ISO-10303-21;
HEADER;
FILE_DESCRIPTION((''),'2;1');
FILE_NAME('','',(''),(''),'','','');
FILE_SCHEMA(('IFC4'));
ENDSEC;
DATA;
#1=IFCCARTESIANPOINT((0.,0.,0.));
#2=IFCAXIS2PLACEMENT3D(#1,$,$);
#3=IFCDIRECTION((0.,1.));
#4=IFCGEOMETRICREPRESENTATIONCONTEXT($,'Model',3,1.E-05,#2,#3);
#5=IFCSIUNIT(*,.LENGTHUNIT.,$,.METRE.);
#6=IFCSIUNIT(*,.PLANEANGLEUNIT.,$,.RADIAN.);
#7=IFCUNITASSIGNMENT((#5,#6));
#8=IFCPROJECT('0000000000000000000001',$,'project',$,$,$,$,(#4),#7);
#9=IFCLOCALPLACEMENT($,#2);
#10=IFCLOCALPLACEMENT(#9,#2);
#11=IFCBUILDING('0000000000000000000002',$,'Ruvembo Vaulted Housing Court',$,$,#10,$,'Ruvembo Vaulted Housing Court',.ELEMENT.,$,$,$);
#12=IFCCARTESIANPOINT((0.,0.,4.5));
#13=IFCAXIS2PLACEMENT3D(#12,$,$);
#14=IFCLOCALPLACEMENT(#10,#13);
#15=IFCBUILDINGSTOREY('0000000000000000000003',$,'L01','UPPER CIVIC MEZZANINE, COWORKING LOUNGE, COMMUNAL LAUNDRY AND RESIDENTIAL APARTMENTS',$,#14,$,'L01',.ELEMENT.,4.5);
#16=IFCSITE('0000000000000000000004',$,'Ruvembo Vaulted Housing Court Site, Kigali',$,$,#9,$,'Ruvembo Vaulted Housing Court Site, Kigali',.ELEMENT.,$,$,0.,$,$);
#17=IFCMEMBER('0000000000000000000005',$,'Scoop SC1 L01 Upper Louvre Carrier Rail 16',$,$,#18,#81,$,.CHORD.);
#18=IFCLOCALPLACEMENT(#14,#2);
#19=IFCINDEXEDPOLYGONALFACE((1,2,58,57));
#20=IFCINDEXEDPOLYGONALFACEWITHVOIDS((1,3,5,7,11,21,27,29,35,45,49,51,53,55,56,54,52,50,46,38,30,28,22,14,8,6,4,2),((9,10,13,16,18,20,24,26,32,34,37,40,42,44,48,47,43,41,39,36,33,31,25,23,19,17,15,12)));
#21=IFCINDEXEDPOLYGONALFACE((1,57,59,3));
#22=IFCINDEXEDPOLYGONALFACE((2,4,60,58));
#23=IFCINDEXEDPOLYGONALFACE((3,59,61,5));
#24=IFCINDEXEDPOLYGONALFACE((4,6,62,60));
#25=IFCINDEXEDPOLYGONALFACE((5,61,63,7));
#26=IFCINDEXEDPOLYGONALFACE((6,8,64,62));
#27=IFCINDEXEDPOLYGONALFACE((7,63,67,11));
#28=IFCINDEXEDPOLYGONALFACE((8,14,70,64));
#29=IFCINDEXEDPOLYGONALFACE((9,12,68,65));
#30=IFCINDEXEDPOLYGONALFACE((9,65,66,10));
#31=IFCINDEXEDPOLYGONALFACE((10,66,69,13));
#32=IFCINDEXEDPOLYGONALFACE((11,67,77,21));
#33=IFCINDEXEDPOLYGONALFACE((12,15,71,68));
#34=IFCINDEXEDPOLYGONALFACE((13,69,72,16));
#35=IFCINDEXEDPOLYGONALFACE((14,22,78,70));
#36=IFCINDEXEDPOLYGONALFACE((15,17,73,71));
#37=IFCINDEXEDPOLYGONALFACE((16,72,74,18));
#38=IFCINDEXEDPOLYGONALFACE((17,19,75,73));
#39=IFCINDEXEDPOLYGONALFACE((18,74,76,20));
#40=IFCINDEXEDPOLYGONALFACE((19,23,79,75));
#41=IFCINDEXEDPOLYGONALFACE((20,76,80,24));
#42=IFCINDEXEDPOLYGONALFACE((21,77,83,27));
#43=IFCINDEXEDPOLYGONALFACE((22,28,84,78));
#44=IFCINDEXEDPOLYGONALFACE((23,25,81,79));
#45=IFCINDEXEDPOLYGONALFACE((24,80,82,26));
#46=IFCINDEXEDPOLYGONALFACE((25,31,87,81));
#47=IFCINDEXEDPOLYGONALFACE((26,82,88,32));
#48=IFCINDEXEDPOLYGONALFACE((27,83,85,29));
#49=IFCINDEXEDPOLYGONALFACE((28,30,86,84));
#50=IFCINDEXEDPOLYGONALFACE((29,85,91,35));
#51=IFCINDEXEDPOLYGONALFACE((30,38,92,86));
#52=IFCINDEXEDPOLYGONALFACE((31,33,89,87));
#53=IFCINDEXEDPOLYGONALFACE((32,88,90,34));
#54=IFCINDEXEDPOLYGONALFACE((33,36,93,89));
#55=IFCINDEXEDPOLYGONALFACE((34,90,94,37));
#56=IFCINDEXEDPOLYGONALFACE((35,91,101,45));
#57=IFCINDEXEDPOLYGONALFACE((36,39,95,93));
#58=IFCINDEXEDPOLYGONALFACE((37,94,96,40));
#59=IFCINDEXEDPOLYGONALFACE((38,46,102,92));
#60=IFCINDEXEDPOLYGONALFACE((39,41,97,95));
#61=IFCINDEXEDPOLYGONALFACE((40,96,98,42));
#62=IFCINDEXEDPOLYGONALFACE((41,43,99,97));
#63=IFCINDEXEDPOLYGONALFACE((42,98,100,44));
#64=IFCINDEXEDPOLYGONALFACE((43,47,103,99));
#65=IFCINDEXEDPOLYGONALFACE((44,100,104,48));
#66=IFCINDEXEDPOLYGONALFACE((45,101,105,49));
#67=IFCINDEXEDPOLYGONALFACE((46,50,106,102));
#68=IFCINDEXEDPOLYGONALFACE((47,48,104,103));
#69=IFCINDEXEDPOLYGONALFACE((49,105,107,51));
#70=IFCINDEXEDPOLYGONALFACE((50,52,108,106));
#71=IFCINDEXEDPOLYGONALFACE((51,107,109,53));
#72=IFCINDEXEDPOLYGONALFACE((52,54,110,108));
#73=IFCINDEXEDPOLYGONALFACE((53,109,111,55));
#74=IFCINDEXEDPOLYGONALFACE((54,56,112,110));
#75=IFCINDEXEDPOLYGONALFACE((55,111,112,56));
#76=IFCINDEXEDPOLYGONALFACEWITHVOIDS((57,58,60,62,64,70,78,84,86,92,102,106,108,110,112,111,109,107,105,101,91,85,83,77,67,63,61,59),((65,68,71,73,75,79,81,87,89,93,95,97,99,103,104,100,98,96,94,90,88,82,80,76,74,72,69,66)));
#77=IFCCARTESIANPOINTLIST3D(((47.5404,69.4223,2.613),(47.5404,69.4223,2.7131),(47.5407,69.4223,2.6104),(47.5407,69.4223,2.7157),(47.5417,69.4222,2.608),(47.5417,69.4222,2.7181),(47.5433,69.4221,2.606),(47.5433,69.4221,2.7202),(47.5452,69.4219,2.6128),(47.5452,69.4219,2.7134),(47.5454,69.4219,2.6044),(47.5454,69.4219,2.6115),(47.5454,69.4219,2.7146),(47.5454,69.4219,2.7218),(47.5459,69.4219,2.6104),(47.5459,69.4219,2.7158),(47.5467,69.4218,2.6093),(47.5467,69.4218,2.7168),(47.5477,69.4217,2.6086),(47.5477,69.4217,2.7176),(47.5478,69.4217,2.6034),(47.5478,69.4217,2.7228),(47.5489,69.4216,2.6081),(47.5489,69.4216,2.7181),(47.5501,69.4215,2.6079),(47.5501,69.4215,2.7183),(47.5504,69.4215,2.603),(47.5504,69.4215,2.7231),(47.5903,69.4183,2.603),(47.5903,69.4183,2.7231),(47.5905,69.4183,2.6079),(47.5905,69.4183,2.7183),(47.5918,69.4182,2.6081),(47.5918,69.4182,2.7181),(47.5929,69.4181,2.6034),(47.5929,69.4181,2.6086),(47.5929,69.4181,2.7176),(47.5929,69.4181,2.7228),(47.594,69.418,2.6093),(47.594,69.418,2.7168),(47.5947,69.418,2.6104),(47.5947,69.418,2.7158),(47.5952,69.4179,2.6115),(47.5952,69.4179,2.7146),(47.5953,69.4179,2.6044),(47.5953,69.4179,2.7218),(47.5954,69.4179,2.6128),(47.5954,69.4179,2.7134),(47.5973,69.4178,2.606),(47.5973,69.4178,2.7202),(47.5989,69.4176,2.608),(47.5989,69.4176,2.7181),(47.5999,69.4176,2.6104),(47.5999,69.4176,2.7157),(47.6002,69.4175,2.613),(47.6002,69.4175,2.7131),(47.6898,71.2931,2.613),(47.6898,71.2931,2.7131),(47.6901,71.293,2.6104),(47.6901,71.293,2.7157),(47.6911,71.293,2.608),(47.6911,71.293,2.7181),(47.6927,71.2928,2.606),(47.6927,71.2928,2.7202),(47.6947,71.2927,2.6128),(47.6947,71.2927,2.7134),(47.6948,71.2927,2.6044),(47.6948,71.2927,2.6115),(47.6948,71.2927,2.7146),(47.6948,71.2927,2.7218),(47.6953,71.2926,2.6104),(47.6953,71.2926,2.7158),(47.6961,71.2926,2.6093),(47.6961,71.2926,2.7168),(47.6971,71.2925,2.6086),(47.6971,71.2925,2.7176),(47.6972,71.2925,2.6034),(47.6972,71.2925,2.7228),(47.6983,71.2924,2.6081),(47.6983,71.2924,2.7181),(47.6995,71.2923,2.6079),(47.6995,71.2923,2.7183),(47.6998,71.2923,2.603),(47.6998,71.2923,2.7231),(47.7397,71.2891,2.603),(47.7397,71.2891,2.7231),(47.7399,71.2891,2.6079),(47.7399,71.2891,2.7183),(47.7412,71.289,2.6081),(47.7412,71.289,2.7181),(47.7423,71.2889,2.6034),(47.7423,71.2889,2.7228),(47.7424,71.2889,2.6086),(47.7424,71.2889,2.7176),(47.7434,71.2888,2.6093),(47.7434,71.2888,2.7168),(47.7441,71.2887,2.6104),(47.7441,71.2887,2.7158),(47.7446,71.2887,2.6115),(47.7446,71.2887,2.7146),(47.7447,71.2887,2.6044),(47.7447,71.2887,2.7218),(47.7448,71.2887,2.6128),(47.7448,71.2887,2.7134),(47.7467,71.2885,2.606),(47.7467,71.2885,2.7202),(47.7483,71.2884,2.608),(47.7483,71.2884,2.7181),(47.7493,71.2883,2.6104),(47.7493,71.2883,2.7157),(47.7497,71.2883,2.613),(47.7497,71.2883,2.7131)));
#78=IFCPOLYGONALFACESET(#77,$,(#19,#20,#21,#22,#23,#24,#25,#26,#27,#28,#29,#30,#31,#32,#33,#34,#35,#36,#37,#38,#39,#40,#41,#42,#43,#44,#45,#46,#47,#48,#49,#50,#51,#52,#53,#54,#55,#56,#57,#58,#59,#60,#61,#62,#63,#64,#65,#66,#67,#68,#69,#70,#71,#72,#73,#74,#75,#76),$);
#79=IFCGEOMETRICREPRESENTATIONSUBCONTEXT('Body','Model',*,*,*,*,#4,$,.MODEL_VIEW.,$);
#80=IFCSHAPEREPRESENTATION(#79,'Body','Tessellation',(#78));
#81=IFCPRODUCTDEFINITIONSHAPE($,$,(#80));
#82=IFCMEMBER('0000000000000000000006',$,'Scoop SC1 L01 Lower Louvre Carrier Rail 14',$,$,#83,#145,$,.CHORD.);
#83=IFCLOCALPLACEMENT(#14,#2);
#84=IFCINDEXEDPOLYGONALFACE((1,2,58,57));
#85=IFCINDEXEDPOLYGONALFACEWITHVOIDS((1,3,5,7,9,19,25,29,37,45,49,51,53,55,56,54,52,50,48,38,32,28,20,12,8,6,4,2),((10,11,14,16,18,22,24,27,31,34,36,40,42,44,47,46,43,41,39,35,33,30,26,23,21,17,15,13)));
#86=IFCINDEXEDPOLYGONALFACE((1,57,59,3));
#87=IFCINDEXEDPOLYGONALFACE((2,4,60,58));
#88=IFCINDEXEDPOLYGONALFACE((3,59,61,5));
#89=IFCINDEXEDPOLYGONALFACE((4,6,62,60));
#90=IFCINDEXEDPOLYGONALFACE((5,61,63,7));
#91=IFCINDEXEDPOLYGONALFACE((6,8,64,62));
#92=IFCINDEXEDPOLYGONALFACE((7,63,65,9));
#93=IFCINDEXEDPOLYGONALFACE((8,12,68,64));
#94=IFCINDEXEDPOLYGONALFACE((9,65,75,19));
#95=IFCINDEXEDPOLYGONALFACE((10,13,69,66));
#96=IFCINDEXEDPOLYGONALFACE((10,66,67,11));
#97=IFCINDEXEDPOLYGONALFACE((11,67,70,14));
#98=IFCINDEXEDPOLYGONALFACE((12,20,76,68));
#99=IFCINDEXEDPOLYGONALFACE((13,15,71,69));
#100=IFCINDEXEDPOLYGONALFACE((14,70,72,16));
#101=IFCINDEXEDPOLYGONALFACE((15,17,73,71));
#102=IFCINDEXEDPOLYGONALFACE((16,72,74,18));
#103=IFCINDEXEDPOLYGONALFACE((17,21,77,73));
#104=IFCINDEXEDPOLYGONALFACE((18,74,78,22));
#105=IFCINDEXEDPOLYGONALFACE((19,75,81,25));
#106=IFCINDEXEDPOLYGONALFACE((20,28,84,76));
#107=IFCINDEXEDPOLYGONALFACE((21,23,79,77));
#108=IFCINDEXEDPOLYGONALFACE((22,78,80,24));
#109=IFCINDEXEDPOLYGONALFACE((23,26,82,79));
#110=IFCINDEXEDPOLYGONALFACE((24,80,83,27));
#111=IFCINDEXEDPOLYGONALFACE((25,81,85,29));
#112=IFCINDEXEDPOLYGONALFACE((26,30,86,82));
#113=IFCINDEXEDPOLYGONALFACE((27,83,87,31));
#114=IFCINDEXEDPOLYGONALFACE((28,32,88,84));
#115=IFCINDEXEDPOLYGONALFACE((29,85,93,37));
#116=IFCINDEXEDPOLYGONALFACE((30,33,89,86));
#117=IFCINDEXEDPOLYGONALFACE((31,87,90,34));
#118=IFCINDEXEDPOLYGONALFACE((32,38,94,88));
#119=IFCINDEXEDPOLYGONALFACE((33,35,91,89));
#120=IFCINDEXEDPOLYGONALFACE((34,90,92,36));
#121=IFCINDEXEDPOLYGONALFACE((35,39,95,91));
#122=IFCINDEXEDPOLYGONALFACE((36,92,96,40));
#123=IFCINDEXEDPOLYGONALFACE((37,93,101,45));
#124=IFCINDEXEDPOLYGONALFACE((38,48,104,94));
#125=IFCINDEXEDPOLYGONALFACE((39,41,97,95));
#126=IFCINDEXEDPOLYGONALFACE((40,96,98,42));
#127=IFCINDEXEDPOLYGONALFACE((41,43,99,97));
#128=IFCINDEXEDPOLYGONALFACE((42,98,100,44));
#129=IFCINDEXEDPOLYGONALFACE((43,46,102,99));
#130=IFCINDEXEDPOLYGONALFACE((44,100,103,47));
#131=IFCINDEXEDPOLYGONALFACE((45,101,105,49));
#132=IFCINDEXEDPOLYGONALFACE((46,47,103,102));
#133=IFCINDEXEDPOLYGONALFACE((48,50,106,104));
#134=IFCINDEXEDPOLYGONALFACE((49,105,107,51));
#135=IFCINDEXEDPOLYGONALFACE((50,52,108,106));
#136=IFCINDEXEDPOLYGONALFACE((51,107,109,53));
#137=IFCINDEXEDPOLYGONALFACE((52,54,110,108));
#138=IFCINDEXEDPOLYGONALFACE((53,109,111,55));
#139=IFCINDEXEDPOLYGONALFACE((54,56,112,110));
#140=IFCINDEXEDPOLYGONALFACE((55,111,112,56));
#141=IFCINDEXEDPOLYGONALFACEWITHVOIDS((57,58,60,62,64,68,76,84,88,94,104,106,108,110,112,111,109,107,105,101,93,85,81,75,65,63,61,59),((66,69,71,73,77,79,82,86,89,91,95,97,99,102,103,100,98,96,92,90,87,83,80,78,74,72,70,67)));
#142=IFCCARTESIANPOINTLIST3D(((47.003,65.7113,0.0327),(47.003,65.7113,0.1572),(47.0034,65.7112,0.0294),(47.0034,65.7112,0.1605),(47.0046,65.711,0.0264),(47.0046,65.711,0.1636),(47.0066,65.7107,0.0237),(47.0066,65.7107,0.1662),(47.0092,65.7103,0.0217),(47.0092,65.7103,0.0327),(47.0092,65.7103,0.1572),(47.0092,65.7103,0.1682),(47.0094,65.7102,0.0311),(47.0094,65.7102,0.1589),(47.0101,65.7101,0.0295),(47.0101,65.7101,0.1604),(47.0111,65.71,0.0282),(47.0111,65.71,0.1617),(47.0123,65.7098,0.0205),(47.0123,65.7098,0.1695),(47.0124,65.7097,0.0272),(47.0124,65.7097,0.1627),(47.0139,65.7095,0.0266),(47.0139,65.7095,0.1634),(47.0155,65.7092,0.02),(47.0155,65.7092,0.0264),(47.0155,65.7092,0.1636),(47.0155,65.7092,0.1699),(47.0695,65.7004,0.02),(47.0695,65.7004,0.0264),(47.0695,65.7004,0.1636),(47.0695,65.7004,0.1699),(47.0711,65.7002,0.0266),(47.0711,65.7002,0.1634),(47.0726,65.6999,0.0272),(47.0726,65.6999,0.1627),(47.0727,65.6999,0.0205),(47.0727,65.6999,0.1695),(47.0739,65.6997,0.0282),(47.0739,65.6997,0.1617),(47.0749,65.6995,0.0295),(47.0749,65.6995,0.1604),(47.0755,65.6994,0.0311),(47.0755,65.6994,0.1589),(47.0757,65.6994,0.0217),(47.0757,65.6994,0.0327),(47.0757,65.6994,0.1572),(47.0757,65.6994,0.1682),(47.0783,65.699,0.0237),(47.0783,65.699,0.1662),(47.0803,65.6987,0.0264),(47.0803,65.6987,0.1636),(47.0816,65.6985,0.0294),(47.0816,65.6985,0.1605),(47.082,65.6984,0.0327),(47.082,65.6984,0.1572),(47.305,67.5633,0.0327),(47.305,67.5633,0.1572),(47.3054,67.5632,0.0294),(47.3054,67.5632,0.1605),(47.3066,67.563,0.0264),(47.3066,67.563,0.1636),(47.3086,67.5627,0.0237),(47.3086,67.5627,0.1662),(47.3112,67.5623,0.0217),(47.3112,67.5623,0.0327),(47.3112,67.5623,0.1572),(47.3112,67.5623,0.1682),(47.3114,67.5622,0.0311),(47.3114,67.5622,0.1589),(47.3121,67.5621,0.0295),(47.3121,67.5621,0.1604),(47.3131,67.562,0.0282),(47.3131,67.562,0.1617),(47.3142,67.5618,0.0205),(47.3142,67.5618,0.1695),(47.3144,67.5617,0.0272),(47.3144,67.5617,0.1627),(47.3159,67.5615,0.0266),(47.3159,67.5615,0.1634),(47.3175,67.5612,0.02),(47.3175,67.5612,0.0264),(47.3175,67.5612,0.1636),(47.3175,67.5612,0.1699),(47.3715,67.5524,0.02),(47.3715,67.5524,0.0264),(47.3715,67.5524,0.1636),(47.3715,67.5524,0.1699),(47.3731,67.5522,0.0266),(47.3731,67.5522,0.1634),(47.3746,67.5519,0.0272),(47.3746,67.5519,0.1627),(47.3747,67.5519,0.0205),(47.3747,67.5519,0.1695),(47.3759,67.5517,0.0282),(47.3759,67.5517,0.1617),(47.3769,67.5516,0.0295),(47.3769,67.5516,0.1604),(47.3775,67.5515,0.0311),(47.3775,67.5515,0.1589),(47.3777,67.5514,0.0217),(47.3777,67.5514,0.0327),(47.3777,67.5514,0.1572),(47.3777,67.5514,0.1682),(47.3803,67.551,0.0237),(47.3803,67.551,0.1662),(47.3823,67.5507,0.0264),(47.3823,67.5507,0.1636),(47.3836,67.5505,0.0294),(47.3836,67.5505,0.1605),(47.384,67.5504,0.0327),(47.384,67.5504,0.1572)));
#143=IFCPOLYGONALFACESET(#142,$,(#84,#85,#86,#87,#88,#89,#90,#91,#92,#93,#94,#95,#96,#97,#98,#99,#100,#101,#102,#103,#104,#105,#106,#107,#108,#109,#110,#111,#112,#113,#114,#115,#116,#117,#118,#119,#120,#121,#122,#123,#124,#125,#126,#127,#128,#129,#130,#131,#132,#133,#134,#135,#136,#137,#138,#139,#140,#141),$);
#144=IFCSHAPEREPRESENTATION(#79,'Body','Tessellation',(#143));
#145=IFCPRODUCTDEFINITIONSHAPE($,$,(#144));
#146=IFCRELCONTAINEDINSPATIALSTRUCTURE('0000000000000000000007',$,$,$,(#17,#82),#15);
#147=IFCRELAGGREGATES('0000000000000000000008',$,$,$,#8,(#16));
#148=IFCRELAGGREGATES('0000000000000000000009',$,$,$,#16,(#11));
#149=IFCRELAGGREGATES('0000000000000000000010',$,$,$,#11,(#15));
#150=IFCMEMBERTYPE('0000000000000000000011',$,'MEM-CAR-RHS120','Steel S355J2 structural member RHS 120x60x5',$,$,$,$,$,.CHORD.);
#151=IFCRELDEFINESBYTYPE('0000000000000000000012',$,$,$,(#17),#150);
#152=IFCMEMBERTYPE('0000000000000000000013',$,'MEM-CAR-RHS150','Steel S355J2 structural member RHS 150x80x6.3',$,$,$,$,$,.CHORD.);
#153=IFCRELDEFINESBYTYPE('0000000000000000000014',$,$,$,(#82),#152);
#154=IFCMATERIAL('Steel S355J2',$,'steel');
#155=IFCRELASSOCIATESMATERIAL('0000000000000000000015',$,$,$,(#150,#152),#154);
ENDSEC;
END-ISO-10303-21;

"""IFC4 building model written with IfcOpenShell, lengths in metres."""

from ifc_helpers import new_model, si_unit, direction, frame, origin, origin_2d, place, context, subcontext, project, spatial, hollow_rectangle, extrude, material, material_profile, profile_set, type_object, element, save


model = new_model("IFC4")

# Units and contexts
model_context = context("Model", 3, precision=1e-05, world=origin(), true_north=direction((0.0, 1.0)))
body_context = subcontext(model_context, "Body", "Model", "MODEL_VIEW")
ifc_project = project(units=[si_unit("LENGTHUNIT", "METRE"), si_unit("PLANEANGLEUNIT", "RADIAN")], contexts=[model_context])

# Site, building, storey
site_placement = place(None, origin())
site = spatial("IfcSite", under=ifc_project, at=site_placement, Name="Ruvembo Vaulted Housing Court Site, Kigali", LongName="Ruvembo Vaulted Housing Court Site, Kigali", CompositionType="ELEMENT", RefElevation=0.0)
building_placement = place(site_placement, origin())
building = spatial("IfcBuilding", under=site, at=building_placement, Name="Ruvembo Vaulted Housing Court", LongName="Ruvembo Vaulted Housing Court", CompositionType="ELEMENT")
storey_placement = place(building_placement, frame((0.0, 0.0, 4.5)))
storey = spatial("IfcBuildingStorey", under=building, at=storey_placement, Name="L01", Description="UPPER CIVIC MEZZANINE, COWORKING LOUNGE, COMMUNAL LAUNDRY AND RESIDENTIAL APARTMENTS", LongName="L01", CompositionType="ELEMENT", Elevation=4.5)

# Shared definitions
ifc_material_1 = material(Name="Steel S355J2", Category="steel")

# Members
ifc_material_profile_1 = material_profile(ifc_material_1, hollow_rectangle(XDim=0.0601, YDim=0.1201, WallThickness=0.0049, InnerFilletRadius=0.0049, OuterFilletRadius=0.01, at=origin_2d()), Name="RHS 120x60x5")
ifc_profile_set_1 = profile_set([ifc_material_profile_1], Name="Steel S355J2")
member_type_1 = type_object("IfcMemberType", Name="MEM-CAR-RHS120", Description="Steel S355J2 structural member RHS 120x60x5", PredefinedType="CHORD", material=ifc_profile_set_1)
for number, where, z_axis, x_axis, name in (
    (1, (47.5703, 69.4199, 2.6631), (0.079611, 0.996826, 0.0), (-0.996826, 0.079611, 0.0), "Scoop SC1 L01 Upper Louvre Carrier Rail 16"),
):
    element("IfcMember", number, at=place(storey_placement, frame(where, z_axis=z_axis, x_axis=x_axis)), inside=storey, type_object=member_type_1, Name=name, PredefinedType="CHORD", context=body_context, shape_type="SweptSolid", body=[
        extrude(hollow_rectangle(XDim=0.0601, YDim=0.1201, WallThickness=0.0049, InnerFilletRadius=0.0049, OuterFilletRadius=0.01, at=origin_2d()), origin(), (0.0, 0.0, 1.0), 1.8767),
    ])
ifc_material_profile_2 = material_profile(ifc_material_1, hollow_rectangle(XDim=0.0801, YDim=0.1499, WallThickness=0.0063, InnerFilletRadius=0.0063, OuterFilletRadius=0.0127, at=origin_2d()), Name="RHS 150x80x6.3")
ifc_profile_set_2 = profile_set([ifc_material_profile_2], Name="Steel S355J2")
member_type_2 = type_object("IfcMemberType", Name="MEM-CAR-RHS150", Description="Steel S355J2 structural member RHS 150x80x6.3", PredefinedType="CHORD", material=ifc_profile_set_2)
member_1_placement = place(storey_placement, frame((47.0425, 65.7048, 0.095), z_axis=(0.160938, 0.986965, 0.0), x_axis=(-0.986965, 0.160938, 0.0)))
element("IfcMember", 2, at=member_1_placement, inside=storey, type_object=member_type_2, Name="Scoop SC1 L01 Lower Louvre Carrier Rail 14", PredefinedType="CHORD", context=body_context, shape_type="SweptSolid", body=[
    extrude(hollow_rectangle(XDim=0.0801, YDim=0.1499, WallThickness=0.0063, InnerFilletRadius=0.0063, OuterFilletRadius=0.0127, at=origin_2d()), origin(), (0.0, 0.0, 1.0), 1.8765),
])

save(model, "model.ifc")
